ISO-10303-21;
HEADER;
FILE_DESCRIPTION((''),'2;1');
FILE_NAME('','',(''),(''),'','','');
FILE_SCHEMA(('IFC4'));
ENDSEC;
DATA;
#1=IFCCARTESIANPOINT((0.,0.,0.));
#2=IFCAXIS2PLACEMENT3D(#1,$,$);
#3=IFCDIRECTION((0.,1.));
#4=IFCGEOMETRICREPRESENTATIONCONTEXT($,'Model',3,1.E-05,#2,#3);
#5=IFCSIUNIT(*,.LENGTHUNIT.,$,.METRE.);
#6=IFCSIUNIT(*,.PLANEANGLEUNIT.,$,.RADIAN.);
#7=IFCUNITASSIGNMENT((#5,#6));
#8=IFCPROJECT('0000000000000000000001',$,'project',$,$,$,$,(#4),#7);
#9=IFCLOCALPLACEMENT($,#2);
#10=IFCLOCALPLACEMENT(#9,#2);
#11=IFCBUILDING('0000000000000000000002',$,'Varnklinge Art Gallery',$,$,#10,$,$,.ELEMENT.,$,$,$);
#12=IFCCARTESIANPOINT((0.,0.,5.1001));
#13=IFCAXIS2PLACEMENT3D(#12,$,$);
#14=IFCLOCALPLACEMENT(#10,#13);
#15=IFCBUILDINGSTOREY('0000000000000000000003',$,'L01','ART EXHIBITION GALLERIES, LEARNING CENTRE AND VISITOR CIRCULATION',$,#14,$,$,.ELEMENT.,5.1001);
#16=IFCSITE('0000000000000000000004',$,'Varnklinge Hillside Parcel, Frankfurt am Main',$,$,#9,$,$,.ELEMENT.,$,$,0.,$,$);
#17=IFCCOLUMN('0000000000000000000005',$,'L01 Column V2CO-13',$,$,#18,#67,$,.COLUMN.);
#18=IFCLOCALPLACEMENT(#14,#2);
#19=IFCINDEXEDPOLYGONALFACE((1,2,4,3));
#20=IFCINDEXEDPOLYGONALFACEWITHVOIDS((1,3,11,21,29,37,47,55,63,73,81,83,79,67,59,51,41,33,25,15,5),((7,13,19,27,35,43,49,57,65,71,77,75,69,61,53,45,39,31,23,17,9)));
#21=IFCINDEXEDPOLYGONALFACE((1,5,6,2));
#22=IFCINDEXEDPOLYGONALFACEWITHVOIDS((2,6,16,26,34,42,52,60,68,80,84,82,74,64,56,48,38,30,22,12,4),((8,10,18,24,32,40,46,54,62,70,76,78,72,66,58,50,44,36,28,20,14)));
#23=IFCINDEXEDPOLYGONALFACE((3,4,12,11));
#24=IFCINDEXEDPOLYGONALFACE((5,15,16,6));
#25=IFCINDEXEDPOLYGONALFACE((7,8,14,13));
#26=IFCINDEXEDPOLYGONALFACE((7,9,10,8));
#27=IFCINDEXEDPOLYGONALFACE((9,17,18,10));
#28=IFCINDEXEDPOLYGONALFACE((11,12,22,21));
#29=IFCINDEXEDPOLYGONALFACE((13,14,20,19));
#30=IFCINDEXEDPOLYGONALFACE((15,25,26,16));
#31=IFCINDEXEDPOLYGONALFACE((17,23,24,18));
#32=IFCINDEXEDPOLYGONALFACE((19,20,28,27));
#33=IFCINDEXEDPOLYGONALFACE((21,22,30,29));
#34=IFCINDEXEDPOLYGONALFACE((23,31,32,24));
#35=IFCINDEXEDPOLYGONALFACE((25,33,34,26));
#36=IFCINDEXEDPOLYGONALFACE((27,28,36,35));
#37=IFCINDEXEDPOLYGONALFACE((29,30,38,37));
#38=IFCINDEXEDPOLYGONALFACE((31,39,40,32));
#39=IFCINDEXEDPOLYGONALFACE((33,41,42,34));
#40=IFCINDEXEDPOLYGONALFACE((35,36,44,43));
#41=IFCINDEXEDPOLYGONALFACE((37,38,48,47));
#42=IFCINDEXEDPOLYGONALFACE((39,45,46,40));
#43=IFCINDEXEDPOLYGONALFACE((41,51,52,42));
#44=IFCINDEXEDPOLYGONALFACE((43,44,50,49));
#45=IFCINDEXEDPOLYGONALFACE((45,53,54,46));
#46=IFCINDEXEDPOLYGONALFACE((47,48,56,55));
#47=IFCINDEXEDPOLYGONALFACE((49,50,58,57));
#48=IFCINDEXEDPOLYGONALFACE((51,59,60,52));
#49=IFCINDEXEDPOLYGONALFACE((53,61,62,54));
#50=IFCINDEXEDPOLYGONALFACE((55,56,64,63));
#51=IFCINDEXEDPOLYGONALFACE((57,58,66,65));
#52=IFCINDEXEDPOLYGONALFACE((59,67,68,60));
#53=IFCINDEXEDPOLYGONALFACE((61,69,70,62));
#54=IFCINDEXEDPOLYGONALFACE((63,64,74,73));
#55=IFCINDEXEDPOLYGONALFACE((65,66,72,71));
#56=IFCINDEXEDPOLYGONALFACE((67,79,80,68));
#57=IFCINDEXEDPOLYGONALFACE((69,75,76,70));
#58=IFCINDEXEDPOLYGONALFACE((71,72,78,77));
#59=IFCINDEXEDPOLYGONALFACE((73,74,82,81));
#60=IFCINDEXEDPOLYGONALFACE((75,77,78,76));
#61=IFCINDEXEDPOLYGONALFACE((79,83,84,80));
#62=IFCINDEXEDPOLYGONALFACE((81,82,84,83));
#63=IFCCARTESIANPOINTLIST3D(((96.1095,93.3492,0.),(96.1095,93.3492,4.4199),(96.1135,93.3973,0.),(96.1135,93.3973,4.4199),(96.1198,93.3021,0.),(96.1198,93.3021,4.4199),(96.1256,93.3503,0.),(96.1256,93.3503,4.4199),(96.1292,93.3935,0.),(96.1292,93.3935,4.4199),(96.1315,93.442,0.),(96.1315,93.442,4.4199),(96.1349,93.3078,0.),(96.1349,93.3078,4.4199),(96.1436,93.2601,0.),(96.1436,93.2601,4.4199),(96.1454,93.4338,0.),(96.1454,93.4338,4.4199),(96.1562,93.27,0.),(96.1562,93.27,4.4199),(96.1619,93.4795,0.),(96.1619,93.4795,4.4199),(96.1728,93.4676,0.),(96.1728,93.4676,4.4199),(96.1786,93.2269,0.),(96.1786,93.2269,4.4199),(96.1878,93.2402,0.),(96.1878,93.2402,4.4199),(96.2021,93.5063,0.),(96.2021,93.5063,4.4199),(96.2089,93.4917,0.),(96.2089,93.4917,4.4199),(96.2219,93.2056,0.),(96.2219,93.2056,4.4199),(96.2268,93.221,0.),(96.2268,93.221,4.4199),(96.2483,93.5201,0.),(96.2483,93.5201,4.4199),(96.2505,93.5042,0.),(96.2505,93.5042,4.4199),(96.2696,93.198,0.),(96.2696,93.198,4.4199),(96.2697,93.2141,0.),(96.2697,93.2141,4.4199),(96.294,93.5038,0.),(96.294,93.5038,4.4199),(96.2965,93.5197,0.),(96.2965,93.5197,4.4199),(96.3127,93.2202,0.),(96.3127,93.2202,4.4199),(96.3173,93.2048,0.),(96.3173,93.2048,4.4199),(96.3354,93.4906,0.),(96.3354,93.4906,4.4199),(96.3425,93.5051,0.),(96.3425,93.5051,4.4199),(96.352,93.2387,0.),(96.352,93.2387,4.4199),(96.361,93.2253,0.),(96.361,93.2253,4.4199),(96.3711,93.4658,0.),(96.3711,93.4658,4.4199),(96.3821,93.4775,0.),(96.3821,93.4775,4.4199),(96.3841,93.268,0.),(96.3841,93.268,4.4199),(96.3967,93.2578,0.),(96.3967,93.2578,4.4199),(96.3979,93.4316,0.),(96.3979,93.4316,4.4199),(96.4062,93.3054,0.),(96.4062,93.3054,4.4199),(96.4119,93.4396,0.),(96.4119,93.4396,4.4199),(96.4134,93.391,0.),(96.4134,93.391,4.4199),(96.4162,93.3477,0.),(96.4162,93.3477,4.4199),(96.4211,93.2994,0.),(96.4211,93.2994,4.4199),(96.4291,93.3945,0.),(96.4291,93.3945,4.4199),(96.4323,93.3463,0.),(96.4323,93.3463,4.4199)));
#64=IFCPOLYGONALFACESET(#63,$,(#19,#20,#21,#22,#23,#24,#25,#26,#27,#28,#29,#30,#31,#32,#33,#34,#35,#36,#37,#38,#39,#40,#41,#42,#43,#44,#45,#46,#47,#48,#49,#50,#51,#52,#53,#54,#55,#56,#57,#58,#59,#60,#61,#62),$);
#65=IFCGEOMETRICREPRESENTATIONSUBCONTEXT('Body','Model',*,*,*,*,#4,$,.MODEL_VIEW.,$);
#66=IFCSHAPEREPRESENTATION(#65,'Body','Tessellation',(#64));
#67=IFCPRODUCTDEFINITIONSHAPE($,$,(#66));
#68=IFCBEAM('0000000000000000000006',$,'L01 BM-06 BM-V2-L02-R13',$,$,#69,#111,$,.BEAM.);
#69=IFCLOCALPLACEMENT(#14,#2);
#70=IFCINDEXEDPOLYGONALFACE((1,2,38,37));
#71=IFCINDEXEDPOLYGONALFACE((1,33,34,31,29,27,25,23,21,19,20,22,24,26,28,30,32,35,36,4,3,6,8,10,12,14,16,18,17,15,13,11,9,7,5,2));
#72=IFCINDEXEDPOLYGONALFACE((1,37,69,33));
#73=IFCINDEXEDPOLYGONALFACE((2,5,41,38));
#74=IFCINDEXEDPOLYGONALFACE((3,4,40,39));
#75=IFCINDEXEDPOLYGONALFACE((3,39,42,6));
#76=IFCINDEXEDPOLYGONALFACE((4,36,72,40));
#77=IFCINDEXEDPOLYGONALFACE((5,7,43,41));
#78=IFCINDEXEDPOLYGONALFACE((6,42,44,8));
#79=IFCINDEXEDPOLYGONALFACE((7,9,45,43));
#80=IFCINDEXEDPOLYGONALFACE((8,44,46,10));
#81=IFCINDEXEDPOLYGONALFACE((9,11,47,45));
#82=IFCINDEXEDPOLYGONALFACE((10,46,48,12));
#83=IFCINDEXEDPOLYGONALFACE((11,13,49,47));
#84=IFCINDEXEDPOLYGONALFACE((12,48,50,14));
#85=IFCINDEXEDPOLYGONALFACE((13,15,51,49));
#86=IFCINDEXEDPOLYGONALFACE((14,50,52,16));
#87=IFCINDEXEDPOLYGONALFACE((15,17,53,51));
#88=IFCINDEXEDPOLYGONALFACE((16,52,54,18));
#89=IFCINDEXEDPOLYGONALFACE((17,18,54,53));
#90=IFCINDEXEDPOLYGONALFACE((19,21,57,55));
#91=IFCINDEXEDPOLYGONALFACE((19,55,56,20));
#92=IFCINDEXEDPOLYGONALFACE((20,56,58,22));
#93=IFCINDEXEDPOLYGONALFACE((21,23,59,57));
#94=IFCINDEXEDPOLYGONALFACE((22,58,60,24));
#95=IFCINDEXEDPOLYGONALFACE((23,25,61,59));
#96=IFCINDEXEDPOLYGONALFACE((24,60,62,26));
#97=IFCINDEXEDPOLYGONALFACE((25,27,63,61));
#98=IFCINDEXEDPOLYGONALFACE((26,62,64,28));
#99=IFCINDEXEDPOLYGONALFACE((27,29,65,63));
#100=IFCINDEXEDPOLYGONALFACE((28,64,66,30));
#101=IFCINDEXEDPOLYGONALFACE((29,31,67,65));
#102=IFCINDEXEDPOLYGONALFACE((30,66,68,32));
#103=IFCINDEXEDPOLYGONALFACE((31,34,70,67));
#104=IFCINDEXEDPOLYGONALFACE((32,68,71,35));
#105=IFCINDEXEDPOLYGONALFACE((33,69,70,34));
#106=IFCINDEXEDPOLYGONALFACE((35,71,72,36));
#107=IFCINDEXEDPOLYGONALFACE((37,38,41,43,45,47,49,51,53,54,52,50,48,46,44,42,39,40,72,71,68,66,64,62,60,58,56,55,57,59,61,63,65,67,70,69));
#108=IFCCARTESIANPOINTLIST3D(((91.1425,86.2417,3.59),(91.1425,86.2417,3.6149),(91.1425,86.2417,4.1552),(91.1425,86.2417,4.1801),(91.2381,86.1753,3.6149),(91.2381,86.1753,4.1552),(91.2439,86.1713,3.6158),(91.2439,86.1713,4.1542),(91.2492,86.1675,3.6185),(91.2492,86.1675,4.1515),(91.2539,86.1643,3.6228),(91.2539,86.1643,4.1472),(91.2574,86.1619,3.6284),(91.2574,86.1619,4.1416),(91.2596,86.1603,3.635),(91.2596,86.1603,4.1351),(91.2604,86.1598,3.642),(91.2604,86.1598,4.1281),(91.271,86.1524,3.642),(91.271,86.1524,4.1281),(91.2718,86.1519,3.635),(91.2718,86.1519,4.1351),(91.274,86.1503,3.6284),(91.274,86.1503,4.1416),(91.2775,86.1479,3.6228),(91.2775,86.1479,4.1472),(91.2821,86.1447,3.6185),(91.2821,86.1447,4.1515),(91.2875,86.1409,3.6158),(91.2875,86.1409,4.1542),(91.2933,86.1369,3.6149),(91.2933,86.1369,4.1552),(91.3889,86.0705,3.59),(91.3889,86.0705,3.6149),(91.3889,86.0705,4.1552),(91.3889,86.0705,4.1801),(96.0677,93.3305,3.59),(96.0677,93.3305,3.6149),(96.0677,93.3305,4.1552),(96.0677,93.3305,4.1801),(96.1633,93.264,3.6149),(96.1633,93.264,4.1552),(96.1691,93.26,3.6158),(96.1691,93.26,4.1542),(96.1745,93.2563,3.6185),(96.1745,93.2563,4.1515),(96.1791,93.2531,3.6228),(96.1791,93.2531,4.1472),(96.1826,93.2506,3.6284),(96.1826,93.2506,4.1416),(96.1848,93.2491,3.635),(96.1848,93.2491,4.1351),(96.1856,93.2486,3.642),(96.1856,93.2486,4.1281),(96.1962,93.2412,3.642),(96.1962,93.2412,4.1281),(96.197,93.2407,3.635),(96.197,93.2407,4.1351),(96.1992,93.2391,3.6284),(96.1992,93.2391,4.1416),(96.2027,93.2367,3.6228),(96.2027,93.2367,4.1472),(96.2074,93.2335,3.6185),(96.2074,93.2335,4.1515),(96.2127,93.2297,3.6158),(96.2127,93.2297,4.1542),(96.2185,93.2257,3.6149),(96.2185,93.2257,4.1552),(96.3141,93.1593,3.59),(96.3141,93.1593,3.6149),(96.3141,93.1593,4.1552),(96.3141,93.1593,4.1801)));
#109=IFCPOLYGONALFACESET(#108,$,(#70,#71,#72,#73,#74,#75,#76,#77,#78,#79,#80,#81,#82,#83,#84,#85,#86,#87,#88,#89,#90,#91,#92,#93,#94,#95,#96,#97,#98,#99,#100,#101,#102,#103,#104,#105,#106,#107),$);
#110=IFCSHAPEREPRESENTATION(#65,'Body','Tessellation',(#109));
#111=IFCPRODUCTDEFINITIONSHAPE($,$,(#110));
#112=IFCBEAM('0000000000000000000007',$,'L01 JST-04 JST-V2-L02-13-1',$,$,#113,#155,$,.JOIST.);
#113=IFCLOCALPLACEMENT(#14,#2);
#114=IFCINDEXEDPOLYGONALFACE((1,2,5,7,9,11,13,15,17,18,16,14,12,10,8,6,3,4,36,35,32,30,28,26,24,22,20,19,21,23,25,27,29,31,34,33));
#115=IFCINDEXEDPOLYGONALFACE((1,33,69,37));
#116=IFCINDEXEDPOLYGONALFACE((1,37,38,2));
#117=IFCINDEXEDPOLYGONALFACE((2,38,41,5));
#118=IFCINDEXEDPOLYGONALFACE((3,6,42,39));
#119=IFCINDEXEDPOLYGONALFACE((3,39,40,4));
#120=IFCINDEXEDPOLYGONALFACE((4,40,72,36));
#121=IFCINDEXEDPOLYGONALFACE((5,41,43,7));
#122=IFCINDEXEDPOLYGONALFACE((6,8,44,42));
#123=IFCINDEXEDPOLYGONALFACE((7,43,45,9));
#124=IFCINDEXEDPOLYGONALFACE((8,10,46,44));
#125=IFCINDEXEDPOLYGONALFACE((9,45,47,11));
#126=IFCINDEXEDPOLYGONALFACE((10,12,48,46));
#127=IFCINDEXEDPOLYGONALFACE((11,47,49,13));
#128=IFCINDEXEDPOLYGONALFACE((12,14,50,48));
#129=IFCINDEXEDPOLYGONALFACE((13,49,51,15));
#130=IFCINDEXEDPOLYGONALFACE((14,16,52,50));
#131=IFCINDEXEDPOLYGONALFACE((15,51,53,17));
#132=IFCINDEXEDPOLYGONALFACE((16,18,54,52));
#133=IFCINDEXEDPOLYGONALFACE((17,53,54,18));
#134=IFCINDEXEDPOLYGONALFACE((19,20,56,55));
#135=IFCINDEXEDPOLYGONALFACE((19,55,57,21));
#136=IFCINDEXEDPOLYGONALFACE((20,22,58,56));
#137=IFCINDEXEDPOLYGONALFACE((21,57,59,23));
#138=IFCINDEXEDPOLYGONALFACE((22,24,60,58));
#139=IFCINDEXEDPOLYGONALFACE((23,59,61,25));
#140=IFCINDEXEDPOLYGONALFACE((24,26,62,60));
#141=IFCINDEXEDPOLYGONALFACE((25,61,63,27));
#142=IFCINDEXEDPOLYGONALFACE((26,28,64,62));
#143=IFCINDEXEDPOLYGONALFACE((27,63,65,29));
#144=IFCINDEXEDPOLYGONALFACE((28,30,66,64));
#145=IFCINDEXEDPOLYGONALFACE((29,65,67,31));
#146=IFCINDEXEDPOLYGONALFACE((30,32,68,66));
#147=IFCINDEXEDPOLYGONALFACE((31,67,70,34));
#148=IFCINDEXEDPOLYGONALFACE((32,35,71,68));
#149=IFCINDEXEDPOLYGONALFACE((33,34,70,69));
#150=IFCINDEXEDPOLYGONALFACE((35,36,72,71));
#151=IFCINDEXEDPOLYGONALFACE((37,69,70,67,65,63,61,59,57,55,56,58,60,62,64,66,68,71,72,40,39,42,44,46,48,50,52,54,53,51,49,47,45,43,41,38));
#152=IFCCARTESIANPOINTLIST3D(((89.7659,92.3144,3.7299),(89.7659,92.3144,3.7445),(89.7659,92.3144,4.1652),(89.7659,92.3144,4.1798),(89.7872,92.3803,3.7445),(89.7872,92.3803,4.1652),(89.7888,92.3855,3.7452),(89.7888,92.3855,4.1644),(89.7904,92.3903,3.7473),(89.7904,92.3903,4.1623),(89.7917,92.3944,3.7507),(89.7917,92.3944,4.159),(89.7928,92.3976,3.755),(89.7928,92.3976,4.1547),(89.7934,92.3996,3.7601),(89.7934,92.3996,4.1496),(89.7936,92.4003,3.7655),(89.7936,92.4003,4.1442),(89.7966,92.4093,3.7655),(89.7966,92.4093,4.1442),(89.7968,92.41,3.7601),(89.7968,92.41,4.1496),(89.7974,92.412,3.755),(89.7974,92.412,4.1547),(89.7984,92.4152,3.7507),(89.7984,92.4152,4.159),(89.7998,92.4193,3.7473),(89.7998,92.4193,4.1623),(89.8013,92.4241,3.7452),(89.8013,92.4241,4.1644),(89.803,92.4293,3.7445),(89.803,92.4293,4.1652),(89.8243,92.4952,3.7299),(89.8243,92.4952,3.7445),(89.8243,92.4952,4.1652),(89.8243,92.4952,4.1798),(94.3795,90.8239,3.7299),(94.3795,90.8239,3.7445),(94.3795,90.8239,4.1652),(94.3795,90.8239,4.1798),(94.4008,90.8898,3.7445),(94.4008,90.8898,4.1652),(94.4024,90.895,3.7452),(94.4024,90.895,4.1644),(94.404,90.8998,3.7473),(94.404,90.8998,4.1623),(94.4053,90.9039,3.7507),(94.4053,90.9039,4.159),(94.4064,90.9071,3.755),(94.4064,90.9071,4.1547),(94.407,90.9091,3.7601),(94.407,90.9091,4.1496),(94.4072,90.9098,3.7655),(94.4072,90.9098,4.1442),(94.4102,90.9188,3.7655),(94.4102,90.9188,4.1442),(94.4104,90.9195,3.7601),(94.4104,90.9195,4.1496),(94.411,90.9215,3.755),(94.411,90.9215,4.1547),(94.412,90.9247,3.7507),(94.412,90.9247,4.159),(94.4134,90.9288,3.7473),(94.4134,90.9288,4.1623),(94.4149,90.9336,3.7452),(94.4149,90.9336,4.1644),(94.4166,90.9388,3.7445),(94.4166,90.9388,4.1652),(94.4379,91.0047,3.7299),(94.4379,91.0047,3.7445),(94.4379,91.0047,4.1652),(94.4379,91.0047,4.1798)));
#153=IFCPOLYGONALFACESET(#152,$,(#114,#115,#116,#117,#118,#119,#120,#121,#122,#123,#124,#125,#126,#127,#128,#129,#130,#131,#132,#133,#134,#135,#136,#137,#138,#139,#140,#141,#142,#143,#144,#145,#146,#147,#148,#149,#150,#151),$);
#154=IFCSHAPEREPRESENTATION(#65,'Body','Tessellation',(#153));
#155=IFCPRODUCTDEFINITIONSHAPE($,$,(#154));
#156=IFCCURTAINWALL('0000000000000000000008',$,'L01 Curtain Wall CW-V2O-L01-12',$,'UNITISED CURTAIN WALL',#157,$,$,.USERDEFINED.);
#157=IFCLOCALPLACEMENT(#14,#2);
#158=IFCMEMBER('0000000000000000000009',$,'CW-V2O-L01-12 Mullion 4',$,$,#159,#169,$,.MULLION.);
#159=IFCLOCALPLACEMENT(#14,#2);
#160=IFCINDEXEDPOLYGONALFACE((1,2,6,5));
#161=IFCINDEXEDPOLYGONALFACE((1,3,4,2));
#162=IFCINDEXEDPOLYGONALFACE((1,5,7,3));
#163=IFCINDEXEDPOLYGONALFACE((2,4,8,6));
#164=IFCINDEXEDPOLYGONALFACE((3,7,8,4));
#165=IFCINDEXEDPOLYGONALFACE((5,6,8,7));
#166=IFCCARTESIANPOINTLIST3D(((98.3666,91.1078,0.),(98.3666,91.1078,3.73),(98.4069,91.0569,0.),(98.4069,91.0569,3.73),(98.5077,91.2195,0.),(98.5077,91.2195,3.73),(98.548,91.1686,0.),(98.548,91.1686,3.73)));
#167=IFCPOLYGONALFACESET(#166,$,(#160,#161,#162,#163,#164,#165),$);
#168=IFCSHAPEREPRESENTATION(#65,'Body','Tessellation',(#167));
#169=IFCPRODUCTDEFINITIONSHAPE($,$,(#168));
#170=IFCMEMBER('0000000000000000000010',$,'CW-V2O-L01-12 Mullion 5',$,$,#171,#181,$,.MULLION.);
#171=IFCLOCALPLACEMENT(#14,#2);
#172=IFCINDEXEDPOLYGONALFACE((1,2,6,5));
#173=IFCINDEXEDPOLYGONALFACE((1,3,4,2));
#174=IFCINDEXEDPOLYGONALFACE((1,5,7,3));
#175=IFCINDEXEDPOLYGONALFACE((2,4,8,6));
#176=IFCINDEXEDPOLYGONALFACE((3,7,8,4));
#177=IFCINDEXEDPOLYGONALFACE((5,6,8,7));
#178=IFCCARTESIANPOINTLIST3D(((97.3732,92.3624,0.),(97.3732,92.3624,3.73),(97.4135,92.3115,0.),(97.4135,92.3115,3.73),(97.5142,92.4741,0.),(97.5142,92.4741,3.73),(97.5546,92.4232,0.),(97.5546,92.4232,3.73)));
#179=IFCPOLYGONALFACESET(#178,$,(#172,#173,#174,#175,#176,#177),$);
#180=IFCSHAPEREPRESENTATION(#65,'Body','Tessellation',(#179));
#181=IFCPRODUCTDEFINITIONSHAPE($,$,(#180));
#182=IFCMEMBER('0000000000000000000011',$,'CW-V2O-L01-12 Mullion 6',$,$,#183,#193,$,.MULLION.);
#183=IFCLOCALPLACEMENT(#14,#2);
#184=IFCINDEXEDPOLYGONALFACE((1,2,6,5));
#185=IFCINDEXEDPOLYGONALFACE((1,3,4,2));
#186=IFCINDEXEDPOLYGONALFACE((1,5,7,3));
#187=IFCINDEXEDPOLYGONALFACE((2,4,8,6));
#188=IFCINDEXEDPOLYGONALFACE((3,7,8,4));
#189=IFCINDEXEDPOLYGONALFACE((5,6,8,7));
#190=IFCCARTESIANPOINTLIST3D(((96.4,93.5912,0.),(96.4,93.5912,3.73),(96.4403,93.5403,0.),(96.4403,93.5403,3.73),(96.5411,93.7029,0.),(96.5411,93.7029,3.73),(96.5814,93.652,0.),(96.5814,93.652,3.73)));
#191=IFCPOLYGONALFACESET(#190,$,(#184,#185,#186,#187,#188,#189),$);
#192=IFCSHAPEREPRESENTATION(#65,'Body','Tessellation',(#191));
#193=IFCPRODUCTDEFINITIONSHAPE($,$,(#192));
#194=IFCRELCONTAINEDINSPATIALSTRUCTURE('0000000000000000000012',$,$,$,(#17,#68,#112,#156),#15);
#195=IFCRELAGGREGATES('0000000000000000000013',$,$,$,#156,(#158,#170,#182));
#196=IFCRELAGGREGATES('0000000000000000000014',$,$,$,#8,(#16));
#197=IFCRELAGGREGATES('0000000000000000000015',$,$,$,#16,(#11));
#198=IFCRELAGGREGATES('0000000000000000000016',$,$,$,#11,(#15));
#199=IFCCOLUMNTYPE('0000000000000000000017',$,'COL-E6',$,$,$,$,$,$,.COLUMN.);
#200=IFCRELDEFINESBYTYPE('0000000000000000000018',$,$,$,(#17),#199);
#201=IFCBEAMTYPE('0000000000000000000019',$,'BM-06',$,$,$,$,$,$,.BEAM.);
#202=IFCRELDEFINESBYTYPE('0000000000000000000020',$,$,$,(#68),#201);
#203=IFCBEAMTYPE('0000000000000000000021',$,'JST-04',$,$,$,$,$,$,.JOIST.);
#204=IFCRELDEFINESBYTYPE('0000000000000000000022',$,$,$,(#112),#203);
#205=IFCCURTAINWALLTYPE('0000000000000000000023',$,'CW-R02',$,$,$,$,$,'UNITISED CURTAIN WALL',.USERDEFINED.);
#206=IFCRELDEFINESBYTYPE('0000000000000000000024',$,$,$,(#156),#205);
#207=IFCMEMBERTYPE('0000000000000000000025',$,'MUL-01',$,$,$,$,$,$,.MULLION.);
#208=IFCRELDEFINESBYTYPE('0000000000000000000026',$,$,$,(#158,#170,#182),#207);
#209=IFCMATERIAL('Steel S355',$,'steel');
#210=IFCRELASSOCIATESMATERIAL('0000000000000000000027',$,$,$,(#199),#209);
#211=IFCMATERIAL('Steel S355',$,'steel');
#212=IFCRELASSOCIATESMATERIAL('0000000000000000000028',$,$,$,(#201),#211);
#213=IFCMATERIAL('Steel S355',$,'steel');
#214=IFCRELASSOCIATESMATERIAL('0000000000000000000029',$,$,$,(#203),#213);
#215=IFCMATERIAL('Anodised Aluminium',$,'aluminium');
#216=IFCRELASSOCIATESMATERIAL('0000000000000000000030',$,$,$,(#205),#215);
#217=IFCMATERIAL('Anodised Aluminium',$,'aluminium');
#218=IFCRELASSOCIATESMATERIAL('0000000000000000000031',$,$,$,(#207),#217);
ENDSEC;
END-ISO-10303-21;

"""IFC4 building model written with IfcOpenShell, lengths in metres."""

from ifc_helpers import new_model, si_unit, direction, frame, origin, origin_2d, place, context, subcontext, project, spatial, rectangle, hollow_circle, i_section, extrude, material, material_profile, profile_set, type_object, element, aggregate, save


model = new_model("IFC4")

# Units and contexts
model_context = context("Model", 3, precision=1e-05, world=origin(), true_north=direction((0.0, 1.0)))
body_context = subcontext(model_context, "Body", "Model", "MODEL_VIEW")
ifc_project = project(units=[si_unit("LENGTHUNIT", "METRE"), si_unit("PLANEANGLEUNIT", "RADIAN")], contexts=[model_context])

# Site, building, storey
site_placement = place(None, origin())
site = spatial("IfcSite", under=ifc_project, at=site_placement, Name="Varnklinge Hillside Parcel, Frankfurt am Main", CompositionType="ELEMENT", RefElevation=0.0)
building_placement = place(site_placement, origin())
building = spatial("IfcBuilding", under=site, at=building_placement, Name="Varnklinge Art Gallery", CompositionType="ELEMENT")
storey_placement = place(building_placement, frame((0.0, 0.0, 5.1001)))
storey = spatial("IfcBuildingStorey", under=building, at=storey_placement, Name="L01", Description="ART EXHIBITION GALLERIES, LEARNING CENTRE AND VISITOR CIRCULATION", CompositionType="ELEMENT", Elevation=5.1001)

# Column
ifc_material_1 = material(Name="Steel S355", Category="steel")
ifc_material_profile_1 = material_profile(ifc_material_1, hollow_circle(Radius=0.1619, WallThickness=0.0161, at=origin_2d()), Name="CHS 323.9x16")
ifc_profile_set_1 = profile_set([ifc_material_profile_1], Name="Steel S355")
column_type = type_object("IfcColumnType", Name="COL-E6", PredefinedType="COLUMN", material=ifc_profile_set_1)
column_placement = place(storey_placement, frame((96.271, 93.3599, 0.0), z_axis=(0.0, 0.0, 1.0), x_axis=(-0.57057, -0.821249, 0.0)))
element("IfcColumn", 1, at=column_placement, inside=storey, type_object=column_type, Name="L01 Column V2CO-13", PredefinedType="COLUMN", context=body_context, shape_type="SweptSolid", body=[
    extrude(hollow_circle(Radius=0.1619, WallThickness=0.0161, at=origin_2d()), origin(), (0.0, 0.0, 1.0), 4.4199),
])

# Beams
ifc_material_2 = material(Name="Steel S355", Category="steel")
ifc_material_profile_2 = material_profile(ifc_material_2, i_section(OverallWidth=0.3, OverallDepth=0.5901, WebThickness=0.0129, FlangeThickness=0.0249, FilletRadius=0.0271, at=origin_2d()), Name="HEA 600")
ifc_profile_set_2 = profile_set([ifc_material_profile_2], Name="Steel S355")
beam_type_1 = type_object("IfcBeamType", Name="BM-06", PredefinedType="BEAM", material=ifc_profile_set_2)
beam_1_placement = place(storey_placement, frame((96.1909, 93.2449, 3.885), z_axis=(-0.570589, -0.821236, 0.0), x_axis=(0.821236, -0.570589, 0.0)))
element("IfcBeam", 2, at=beam_1_placement, inside=storey, type_object=beam_type_1, Name="L01 BM-06 BM-V2-L02-R13", PredefinedType="BEAM", context=body_context, shape_type="SweptSolid", body=[
    extrude(i_section(OverallWidth=0.3, OverallDepth=0.5901, WebThickness=0.0129, FlangeThickness=0.0249, FilletRadius=0.0271, at=origin_2d()), origin(), (0.0, 0.0, 1.0), 8.6318),
])
ifc_material_3 = material(Name="Steel S355", Category="steel")
ifc_material_profile_3 = material_profile(ifc_material_3, i_section(OverallWidth=0.1899, OverallDepth=0.45, WebThickness=0.0095, FlangeThickness=0.0146, FilletRadius=0.021, at=origin_2d()), Name="IPE 450")
ifc_profile_set_3 = profile_set([ifc_material_profile_3], Name="Steel S355")
beam_type_2 = type_object("IfcBeamType", Name="JST-04", PredefinedType="JOIST", material=ifc_profile_set_3)
beam_2_placement = place(storey_placement, frame((94.4087, 90.9143, 3.9548), z_axis=(-0.951573, 0.307422, 0.0), x_axis=(-0.307422, -0.951573, 0.0)))
element("IfcBeam", 3, at=beam_2_placement, inside=storey, type_object=beam_type_2, Name="L01 JST-04 JST-V2-L02-13-1", PredefinedType="JOIST", context=body_context, shape_type="SweptSolid", body=[
    extrude(i_section(OverallWidth=0.1899, OverallDepth=0.45, WebThickness=0.0095, FlangeThickness=0.0146, FilletRadius=0.021, at=origin_2d()), origin(), (0.0, 0.0, 1.0), 4.8484),
])

# Curtain wall, members
ifc_material_4 = material(Name="Anodised Aluminium", Category="aluminium")
curtain_wall_type = type_object("IfcCurtainWallType", Name="CW-R02", ElementType="UNITISED CURTAIN WALL", PredefinedType="USERDEFINED", material=ifc_material_4)
curtain_wall_1_placement = place(storey_placement, origin())
curtain_wall_1 = element("IfcCurtainWall", 4, at=curtain_wall_1_placement, inside=storey, type_object=curtain_wall_type, Name="L01 Curtain Wall CW-V2O-L01-12", ObjectType="UNITISED CURTAIN WALL", PredefinedType="USERDEFINED")
ifc_material_5 = material(Name="Anodised Aluminium", Category="aluminium")
ifc_material_profile_4 = material_profile(ifc_material_5, rectangle(XDim=0.0649, YDim=0.1799, at=origin_2d()), Name="ALU 65x180")
ifc_profile_set_4 = profile_set([ifc_material_profile_4], Name="Anodised Aluminium")
member_type_1 = type_object("IfcMemberType", Name="MUL-01", PredefinedType="MULLION", material=ifc_profile_set_4)
member_1_placement = place(storey_placement, frame((98.4573, 91.1382, 0.0), z_axis=(0.0, 0.0, 1.0), x_axis=(-0.620737, 0.784019, 0.0)))
member_1 = element("IfcMember", 5, at=member_1_placement, type_object=member_type_1, Name="CW-V2O-L01-12 Mullion 4", PredefinedType="MULLION", context=body_context, shape_type="SweptSolid", body=[
    extrude(rectangle(XDim=0.0649, YDim=0.1799, at=origin_2d()), origin(), (0.0, 0.0, 1.0), 3.73),
])
member_2_placement = place(storey_placement, frame((97.4639, 92.3928, 0.0), z_axis=(0.0, 0.0, 1.0), x_axis=(-0.620737, 0.784019, 0.0)))
member_2 = element("IfcMember", 6, at=member_2_placement, type_object=member_type_1, Name="CW-V2O-L01-12 Mullion 5", PredefinedType="MULLION", context=body_context, shape_type="SweptSolid", body=[
    extrude(rectangle(XDim=0.0649, YDim=0.1799, at=origin_2d()), origin(), (0.0, 0.0, 1.0), 3.73),
])
member_3_placement = place(storey_placement, frame((96.4907, 93.6216, 0.0), z_axis=(0.0, 0.0, 1.0), x_axis=(-0.620737, 0.784019, 0.0)))
member_3 = element("IfcMember", 7, at=member_3_placement, type_object=member_type_1, Name="CW-V2O-L01-12 Mullion 6", PredefinedType="MULLION", context=body_context, shape_type="SweptSolid", body=[
    extrude(rectangle(XDim=0.0649, YDim=0.1799, at=origin_2d()), origin(), (0.0, 0.0, 1.0), 3.73),
])

aggregate(curtain_wall_1, [member_1, member_2, member_3])

save(model, "model.ifc")
